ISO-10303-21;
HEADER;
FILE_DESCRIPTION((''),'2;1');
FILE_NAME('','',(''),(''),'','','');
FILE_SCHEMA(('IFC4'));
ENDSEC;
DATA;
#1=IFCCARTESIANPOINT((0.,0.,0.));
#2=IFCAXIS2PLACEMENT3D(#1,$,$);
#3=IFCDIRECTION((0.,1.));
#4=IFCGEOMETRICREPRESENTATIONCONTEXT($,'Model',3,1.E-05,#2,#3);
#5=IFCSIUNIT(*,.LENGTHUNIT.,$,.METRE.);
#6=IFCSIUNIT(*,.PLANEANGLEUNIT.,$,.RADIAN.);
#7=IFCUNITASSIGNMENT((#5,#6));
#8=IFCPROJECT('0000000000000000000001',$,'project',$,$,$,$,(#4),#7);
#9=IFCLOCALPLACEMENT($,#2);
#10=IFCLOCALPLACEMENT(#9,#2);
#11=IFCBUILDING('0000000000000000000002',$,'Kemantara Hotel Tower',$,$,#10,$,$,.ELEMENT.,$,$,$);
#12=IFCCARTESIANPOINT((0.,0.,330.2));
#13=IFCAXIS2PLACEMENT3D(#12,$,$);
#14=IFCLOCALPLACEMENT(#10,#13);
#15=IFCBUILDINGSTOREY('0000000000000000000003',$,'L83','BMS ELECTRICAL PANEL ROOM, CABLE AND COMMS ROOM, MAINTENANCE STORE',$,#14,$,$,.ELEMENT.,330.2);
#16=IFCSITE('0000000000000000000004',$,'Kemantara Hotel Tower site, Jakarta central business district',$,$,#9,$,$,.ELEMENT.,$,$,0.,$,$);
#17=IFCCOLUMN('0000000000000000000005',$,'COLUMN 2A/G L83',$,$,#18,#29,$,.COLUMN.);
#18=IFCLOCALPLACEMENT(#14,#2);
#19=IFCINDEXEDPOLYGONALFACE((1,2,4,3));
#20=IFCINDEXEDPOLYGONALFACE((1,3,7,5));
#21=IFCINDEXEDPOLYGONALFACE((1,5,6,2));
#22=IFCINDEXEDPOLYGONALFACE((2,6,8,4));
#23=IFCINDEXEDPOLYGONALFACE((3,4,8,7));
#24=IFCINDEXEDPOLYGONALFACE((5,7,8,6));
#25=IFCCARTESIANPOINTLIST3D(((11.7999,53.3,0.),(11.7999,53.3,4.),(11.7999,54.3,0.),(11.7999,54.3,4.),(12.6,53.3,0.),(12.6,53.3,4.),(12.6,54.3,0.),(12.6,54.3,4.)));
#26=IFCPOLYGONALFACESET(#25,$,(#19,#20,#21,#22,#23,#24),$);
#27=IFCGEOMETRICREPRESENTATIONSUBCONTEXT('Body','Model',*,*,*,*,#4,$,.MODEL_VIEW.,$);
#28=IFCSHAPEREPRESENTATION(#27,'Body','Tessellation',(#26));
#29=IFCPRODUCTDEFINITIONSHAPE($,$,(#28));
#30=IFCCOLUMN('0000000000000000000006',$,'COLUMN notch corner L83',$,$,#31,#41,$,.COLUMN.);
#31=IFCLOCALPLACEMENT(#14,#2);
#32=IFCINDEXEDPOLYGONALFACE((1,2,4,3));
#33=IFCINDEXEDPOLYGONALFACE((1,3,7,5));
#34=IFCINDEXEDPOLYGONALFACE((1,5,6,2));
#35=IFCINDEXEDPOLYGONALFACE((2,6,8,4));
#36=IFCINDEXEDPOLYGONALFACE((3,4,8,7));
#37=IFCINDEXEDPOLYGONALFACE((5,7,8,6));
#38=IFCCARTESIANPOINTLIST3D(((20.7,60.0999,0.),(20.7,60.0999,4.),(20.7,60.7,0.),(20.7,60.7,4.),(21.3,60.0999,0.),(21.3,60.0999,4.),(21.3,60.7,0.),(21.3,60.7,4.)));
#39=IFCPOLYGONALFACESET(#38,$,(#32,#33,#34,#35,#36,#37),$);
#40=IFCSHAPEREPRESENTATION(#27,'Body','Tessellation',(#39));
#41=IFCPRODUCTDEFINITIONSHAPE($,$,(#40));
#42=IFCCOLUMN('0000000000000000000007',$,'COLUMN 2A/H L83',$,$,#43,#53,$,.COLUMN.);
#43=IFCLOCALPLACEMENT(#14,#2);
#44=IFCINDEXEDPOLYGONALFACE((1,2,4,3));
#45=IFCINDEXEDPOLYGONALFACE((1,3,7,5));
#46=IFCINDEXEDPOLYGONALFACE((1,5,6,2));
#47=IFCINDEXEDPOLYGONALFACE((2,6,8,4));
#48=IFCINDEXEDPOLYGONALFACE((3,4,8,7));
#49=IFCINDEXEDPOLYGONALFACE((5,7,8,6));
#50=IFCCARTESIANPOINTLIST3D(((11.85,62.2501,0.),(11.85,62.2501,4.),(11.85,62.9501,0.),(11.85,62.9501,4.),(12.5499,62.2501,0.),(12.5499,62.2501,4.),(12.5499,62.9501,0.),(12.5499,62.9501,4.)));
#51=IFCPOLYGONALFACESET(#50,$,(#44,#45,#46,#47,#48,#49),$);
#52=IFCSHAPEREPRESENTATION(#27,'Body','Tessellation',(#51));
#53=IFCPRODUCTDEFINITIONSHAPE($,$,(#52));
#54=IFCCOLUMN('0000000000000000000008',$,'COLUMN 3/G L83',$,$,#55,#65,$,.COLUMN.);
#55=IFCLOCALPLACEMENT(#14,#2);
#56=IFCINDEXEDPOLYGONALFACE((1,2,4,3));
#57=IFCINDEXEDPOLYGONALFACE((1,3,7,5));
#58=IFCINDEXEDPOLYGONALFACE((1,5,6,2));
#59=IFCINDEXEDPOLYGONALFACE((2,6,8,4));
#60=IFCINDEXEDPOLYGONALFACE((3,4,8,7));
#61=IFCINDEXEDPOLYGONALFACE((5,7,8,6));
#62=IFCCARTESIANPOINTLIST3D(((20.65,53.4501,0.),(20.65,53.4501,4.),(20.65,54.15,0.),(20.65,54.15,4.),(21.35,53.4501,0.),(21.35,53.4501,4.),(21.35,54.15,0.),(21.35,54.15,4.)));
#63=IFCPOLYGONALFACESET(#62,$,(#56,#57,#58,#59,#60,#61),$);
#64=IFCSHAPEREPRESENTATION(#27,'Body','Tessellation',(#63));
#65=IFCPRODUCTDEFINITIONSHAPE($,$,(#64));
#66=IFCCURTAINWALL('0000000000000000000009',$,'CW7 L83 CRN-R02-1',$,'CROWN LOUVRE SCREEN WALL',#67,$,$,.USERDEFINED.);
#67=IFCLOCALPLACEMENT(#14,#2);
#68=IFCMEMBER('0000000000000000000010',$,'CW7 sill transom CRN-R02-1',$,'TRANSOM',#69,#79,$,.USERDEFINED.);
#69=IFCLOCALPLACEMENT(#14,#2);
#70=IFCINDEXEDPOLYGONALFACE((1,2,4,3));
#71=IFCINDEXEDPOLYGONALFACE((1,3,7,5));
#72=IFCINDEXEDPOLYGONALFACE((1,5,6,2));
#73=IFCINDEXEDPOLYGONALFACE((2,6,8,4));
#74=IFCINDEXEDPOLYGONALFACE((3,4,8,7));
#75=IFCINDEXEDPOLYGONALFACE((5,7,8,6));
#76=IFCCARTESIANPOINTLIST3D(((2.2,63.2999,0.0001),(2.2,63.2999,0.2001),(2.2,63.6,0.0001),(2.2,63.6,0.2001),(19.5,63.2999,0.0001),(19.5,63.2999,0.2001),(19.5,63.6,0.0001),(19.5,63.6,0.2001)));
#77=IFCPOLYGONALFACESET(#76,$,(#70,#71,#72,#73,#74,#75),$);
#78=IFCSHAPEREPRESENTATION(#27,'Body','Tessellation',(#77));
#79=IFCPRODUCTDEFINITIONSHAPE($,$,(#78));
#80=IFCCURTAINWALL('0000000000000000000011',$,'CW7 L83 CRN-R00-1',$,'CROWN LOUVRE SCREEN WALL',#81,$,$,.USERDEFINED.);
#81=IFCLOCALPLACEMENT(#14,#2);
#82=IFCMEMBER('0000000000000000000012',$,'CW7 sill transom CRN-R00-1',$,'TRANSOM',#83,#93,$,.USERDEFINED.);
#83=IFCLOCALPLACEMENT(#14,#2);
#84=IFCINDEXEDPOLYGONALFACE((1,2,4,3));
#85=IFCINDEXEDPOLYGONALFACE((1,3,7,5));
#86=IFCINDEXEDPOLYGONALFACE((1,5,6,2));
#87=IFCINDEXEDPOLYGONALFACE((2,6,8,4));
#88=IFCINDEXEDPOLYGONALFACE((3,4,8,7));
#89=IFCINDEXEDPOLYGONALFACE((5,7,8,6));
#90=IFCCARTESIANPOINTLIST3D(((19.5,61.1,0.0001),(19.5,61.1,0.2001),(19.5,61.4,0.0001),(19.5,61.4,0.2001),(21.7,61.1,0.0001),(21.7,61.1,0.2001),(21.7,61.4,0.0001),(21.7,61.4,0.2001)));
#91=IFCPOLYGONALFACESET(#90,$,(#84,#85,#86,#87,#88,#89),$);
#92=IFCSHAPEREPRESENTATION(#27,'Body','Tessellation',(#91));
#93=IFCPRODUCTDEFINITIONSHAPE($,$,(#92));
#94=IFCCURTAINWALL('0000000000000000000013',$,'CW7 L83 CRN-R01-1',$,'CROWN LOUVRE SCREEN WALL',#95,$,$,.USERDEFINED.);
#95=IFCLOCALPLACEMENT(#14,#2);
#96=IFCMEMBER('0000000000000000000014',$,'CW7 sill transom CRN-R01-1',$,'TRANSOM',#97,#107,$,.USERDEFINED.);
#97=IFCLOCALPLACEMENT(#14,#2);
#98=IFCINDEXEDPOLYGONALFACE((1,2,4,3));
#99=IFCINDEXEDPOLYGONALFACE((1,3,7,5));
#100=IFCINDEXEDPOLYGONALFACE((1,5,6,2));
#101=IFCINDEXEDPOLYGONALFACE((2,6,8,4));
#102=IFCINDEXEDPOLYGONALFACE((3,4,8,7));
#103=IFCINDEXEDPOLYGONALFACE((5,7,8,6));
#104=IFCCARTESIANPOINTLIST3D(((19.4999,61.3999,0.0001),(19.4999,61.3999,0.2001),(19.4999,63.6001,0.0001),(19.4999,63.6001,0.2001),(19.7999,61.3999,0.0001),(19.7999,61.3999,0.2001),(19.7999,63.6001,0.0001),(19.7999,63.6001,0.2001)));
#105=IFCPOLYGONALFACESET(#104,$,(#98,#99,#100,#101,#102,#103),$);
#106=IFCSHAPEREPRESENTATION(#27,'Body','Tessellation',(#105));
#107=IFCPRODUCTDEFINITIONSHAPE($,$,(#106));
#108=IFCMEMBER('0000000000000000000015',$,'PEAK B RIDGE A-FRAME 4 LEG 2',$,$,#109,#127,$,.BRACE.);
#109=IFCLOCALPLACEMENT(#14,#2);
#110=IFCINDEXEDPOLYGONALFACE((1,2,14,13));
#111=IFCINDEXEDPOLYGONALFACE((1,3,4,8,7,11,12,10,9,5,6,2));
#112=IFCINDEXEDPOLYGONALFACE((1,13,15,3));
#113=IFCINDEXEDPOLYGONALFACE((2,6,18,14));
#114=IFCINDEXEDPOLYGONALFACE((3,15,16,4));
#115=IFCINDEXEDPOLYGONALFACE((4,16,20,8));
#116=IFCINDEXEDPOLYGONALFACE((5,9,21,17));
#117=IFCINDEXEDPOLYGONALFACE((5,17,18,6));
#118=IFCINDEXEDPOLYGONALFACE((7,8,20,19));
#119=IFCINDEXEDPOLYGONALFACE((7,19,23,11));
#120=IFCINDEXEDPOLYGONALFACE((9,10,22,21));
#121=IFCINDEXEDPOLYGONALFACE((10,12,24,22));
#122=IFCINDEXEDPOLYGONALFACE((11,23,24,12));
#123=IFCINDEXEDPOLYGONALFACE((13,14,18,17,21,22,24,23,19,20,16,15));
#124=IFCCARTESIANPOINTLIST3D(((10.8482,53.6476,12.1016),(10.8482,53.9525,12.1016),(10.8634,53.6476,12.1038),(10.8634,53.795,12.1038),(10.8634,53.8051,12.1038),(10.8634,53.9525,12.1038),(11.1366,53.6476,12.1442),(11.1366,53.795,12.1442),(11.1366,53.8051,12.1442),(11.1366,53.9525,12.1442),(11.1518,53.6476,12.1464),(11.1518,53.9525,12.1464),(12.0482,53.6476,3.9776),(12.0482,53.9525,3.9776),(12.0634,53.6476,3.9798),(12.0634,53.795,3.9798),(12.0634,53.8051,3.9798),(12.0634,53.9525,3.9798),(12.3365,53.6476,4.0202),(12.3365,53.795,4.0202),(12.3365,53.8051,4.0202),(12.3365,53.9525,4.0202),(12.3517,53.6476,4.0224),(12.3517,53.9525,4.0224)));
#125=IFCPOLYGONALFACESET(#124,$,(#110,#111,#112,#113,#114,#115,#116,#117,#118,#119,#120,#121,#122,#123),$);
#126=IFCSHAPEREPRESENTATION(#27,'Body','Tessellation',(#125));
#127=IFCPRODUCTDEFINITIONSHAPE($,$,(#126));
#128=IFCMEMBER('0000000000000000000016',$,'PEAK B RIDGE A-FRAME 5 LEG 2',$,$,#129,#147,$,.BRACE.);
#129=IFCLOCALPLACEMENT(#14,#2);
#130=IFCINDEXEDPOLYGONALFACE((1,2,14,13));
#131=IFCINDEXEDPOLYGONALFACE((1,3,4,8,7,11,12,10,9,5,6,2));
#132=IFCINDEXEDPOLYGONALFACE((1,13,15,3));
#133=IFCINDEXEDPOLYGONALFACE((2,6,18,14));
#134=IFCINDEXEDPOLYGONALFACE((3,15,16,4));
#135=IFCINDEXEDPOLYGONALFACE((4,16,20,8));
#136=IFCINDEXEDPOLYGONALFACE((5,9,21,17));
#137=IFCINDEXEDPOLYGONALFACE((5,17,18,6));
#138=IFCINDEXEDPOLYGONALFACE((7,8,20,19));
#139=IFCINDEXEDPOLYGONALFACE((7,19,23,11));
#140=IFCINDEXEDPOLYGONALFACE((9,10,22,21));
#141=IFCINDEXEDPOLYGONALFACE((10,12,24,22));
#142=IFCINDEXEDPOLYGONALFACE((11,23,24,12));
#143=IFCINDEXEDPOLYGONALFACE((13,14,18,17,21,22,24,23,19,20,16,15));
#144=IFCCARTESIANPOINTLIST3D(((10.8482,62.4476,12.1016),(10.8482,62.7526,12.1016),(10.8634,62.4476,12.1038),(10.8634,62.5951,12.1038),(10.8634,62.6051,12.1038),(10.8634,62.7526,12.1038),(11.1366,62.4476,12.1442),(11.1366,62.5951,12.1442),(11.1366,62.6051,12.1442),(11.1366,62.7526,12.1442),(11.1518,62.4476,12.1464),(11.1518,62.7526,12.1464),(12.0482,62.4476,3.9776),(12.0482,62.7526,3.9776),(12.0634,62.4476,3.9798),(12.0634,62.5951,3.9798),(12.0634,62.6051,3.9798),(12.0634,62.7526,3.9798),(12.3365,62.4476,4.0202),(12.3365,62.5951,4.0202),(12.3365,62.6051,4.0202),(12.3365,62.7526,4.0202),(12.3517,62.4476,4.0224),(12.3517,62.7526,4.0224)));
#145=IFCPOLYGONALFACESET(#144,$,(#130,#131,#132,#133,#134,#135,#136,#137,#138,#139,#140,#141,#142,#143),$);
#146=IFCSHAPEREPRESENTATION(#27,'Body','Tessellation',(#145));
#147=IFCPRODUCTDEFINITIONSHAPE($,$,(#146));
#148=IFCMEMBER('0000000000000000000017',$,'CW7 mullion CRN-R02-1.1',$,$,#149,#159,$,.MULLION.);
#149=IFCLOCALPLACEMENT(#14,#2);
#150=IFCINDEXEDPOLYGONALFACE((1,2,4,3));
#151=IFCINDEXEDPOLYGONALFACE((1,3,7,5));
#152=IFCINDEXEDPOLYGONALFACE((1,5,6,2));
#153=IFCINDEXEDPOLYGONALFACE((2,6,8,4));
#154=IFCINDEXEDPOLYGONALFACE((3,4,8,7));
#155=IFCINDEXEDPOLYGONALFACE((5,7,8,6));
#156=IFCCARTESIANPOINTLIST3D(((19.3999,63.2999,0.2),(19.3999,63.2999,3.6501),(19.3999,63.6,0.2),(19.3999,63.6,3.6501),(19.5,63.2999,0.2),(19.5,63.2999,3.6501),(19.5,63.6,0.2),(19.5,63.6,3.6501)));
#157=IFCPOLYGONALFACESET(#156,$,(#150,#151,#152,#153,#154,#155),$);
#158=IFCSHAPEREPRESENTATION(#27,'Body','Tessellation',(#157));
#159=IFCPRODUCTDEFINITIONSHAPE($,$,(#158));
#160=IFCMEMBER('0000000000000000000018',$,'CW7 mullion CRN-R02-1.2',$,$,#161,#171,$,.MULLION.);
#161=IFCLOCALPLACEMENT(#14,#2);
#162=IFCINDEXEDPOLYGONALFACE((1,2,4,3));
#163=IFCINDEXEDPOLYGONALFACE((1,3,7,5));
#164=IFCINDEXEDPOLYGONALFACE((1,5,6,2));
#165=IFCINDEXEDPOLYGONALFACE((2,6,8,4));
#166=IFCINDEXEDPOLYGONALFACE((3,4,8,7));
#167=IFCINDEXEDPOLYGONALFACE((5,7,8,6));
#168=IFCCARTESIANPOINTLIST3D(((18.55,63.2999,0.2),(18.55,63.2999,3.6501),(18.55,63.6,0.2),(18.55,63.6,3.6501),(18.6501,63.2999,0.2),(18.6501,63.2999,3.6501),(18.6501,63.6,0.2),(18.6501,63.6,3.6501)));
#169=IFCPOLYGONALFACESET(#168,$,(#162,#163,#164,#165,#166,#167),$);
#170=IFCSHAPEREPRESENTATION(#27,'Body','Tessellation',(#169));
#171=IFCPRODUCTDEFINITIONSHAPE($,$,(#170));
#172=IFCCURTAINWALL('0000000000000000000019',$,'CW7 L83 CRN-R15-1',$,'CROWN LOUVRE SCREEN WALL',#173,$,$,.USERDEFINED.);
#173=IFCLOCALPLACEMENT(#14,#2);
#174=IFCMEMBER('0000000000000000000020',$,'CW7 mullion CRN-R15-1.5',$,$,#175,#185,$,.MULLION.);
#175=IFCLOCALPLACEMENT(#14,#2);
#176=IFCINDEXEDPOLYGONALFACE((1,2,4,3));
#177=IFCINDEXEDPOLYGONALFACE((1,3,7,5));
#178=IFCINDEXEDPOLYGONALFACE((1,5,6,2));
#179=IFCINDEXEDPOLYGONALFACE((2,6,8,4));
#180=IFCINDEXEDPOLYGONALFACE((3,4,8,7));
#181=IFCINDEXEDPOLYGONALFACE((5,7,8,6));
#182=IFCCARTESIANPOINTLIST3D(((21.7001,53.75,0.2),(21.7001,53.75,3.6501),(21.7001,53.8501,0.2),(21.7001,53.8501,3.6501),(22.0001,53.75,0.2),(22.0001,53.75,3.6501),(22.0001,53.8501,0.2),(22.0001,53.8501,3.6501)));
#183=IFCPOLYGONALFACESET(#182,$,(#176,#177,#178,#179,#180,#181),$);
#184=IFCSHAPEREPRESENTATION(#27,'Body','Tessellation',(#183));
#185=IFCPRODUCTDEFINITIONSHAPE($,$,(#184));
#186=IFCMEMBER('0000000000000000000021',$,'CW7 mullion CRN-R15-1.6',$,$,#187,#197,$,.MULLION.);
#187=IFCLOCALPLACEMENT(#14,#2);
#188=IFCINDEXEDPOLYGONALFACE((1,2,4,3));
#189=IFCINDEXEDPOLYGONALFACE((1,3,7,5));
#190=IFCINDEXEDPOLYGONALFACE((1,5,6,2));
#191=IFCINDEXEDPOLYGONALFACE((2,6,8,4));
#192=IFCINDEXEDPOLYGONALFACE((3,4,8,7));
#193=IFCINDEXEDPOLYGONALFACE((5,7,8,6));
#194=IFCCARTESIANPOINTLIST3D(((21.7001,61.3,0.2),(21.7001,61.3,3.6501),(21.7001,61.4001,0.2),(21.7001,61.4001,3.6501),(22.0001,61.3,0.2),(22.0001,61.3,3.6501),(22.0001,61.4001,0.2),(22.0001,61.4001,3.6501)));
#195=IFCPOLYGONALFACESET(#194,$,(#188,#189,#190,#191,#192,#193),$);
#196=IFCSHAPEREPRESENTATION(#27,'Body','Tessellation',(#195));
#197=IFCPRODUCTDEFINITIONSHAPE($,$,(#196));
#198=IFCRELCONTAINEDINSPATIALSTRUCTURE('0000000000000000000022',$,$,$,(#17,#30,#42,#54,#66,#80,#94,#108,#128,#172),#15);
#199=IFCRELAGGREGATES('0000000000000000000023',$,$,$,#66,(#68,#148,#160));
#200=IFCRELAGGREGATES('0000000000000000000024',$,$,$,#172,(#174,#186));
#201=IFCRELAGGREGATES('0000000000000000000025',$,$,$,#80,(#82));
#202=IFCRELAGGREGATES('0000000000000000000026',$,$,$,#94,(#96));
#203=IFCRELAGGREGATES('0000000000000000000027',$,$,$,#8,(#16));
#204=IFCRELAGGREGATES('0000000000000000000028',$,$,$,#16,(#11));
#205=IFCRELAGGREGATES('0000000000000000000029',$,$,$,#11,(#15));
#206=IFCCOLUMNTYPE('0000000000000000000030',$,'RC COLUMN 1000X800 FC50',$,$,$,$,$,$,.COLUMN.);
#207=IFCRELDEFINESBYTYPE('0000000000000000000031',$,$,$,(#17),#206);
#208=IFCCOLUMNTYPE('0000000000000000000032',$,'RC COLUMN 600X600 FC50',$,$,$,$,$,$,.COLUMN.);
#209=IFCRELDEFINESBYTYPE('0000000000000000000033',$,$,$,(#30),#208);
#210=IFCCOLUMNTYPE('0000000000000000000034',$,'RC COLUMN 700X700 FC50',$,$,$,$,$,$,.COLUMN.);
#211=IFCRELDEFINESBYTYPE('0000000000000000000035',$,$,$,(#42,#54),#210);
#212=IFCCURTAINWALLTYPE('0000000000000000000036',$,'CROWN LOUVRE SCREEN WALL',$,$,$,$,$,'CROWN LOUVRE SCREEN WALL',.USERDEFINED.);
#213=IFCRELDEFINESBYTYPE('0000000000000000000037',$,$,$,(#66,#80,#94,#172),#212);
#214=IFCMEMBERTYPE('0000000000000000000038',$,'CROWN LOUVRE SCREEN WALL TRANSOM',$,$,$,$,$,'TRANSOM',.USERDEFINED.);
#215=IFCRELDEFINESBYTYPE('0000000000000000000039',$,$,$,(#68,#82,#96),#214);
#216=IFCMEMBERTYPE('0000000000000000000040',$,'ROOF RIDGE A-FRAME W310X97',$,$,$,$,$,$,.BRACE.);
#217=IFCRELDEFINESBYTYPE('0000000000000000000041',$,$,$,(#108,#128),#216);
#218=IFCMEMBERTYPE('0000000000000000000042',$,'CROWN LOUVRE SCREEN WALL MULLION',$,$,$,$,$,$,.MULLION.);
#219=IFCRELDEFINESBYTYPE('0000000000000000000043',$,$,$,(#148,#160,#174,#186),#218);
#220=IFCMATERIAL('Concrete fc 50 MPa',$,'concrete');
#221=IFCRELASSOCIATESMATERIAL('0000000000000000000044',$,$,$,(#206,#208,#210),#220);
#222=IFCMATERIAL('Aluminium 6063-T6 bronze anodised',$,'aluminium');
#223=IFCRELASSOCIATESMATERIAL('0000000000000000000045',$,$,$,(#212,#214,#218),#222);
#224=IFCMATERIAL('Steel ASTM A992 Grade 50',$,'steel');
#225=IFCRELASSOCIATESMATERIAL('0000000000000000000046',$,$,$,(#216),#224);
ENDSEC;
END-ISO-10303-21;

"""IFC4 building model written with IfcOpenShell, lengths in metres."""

from ifc_helpers import new_model, si_unit, direction, frame, origin, origin_2d, place, context, subcontext, project, spatial, rectangle, i_section, extrude, source, transform, mapped, material, material_profile, profile_set, type_object, element, aggregate, save


model = new_model("IFC4")

# Units and contexts
model_context = context("Model", 3, precision=1e-05, world=origin(), true_north=direction((0.0, 1.0)))
body_context = subcontext(model_context, "Body", "Model", "MODEL_VIEW")
ifc_project = project(units=[si_unit("LENGTHUNIT", "METRE"), si_unit("PLANEANGLEUNIT", "RADIAN")], contexts=[model_context])

# Site, building, storey
site_placement = place(None, origin())
site = spatial("IfcSite", under=ifc_project, at=site_placement, Name="Kemantara Hotel Tower site, Jakarta central business district", CompositionType="ELEMENT", RefElevation=0.0)
building_placement = place(site_placement, origin())
building = spatial("IfcBuilding", under=site, at=building_placement, Name="Kemantara Hotel Tower", CompositionType="ELEMENT")
storey_placement = place(building_placement, frame((0.0, 0.0, 330.2)))
storey = spatial("IfcBuildingStorey", under=building, at=storey_placement, Name="L83", Description="BMS ELECTRICAL PANEL ROOM, CABLE AND COMMS ROOM, MAINTENANCE STORE", CompositionType="ELEMENT", Elevation=330.2)

# Columns
ifc_material_1 = material(Name="Concrete fc 50 MPa", Category="concrete")
ifc_material_profile_1 = material_profile(ifc_material_1, rectangle(XDim=1.0, YDim=0.8, at=origin_2d()), Name="RC 1000X800")
ifc_profile_set_1 = profile_set([ifc_material_profile_1], Name="Concrete fc 50 MPa")
column_type_1 = type_object("IfcColumnType", Name="RC COLUMN 1000X800 FC50", PredefinedType="COLUMN", material=ifc_profile_set_1)
column_1_placement = place(storey_placement, frame((12.2, 53.8, 0.0), z_axis=(0.0, 0.0, 1.0), x_axis=(0.0, 1.0, 0.0)))
element("IfcColumn", 1, at=column_1_placement, inside=storey, type_object=column_type_1, Name="COLUMN 2A/G L83", PredefinedType="COLUMN", context=body_context, shape_type="SweptSolid", body=[
    extrude(rectangle(XDim=1.0, YDim=0.8, at=origin_2d()), origin(), (0.0, 0.0, 1.0), 4.0),
])
ifc_material_profile_2 = material_profile(ifc_material_1, rectangle(XDim=0.6001, YDim=0.6001, at=origin_2d()), Name="RC 600X600")
ifc_profile_set_2 = profile_set([ifc_material_profile_2], Name="Concrete fc 50 MPa")
column_type_2 = type_object("IfcColumnType", Name="RC COLUMN 600X600 FC50", PredefinedType="COLUMN", material=ifc_profile_set_2)
column_2_placement = place(storey_placement, frame((21.0, 60.3999, 0.0), z_axis=(0.0, 0.0, 1.0), x_axis=(1.0, 0.0, 0.0)))
element("IfcColumn", 2, at=column_2_placement, inside=storey, type_object=column_type_2, Name="COLUMN notch corner L83", PredefinedType="COLUMN", context=body_context, shape_type="SweptSolid", body=[
    extrude(rectangle(XDim=0.6001, YDim=0.6001, at=origin_2d()), origin(), (0.0, 0.0, 1.0), 4.0),
])
ifc_material_profile_3 = material_profile(ifc_material_1, rectangle(XDim=0.7, YDim=0.7, at=origin_2d()), Name="RC 700X700")
ifc_profile_set_3 = profile_set([ifc_material_profile_3], Name="Concrete fc 50 MPa")
column_type_3 = type_object("IfcColumnType", Name="RC COLUMN 700X700 FC50", PredefinedType="COLUMN", material=ifc_profile_set_3)
for number, where, z_axis, x_axis, name in (
    (3, (12.2, 62.6001, 0.0), (0.0, 0.0, 1.0), (1.0, 0.0, 0.0), "COLUMN 2A/H L83"),
    (4, (21.0, 53.8, 0.0), (0.0, 0.0, 1.0), (1.0, 0.0, 0.0), "COLUMN 3/G L83"),
):
    element("IfcColumn", number, at=place(storey_placement, frame(where, z_axis=z_axis, x_axis=x_axis)), inside=storey, type_object=column_type_3, Name=name, PredefinedType="COLUMN", context=body_context, shape_type="SweptSolid", body=[
        extrude(rectangle(XDim=0.7, YDim=0.7, at=origin_2d()), origin(), (0.0, 0.0, 1.0), 4.0),
    ])

# Curtain walls, members
ifc_material_2 = material(Name="Aluminium 6063-T6 bronze anodised", Category="aluminium")
curtain_wall_type = type_object("IfcCurtainWallType", Name="CROWN LOUVRE SCREEN WALL", ElementType="CROWN LOUVRE SCREEN WALL", PredefinedType="USERDEFINED", material=ifc_material_2)
curtain_wall_1_placement = place(storey_placement, origin())
curtain_wall_1 = element("IfcCurtainWall", 5, at=curtain_wall_1_placement, inside=storey, type_object=curtain_wall_type, Name="CW7 L83 CRN-R02-1", ObjectType="CROWN LOUVRE SCREEN WALL", PredefinedType="USERDEFINED")
ifc_material_profile_4 = material_profile(ifc_material_2, rectangle(XDim=0.3, YDim=0.2, at=origin_2d()), Name="CROWN LOUVRE SCREEN WALL TRANSOM")
ifc_profile_set_4 = profile_set([ifc_material_profile_4], Name="Aluminium 6063-T6 bronze anodised")
member_type_1 = type_object("IfcMemberType", Name="CROWN LOUVRE SCREEN WALL TRANSOM", ElementType="TRANSOM", PredefinedType="USERDEFINED", material=ifc_profile_set_4)
member_1_placement = place(storey_placement, frame((19.5, 63.45, 0.1001), z_axis=(-1.0, 0.0, 0.0), x_axis=(0.0, -1.0, 0.0)))
member_1 = element("IfcMember", 6, at=member_1_placement, type_object=member_type_1, Name="CW7 sill transom CRN-R02-1", ObjectType="TRANSOM", PredefinedType="USERDEFINED", context=body_context, shape_type="SweptSolid", body=[
    extrude(rectangle(XDim=0.3, YDim=0.2, at=origin_2d()), origin(), (0.0, 0.0, 1.0), 17.3),
])
curtain_wall_2_placement = place(storey_placement, origin())
curtain_wall_2 = element("IfcCurtainWall", 7, at=curtain_wall_2_placement, inside=storey, type_object=curtain_wall_type, Name="CW7 L83 CRN-R00-1", ObjectType="CROWN LOUVRE SCREEN WALL", PredefinedType="USERDEFINED")
member_2_placement = place(storey_placement, frame((21.7, 61.25, 0.1001), z_axis=(-1.0, 0.0, 0.0), x_axis=(0.0, -1.0, 0.0)))
member_2 = element("IfcMember", 8, at=member_2_placement, type_object=member_type_1, Name="CW7 sill transom CRN-R00-1", ObjectType="TRANSOM", PredefinedType="USERDEFINED", context=body_context, shape_type="SweptSolid", body=[
    extrude(rectangle(XDim=0.3, YDim=0.2, at=origin_2d()), origin(), (0.0, 0.0, 1.0), 2.2),
])
curtain_wall_3_placement = place(storey_placement, origin())
curtain_wall_3 = element("IfcCurtainWall", 9, at=curtain_wall_3_placement, inside=storey, type_object=curtain_wall_type, Name="CW7 L83 CRN-R01-1", ObjectType="CROWN LOUVRE SCREEN WALL", PredefinedType="USERDEFINED")
member_3_placement = place(storey_placement, frame((19.6499, 61.3999, 0.1001), z_axis=(0.0, 1.0, 0.0), x_axis=(-1.0, 0.0, 0.0)))
member_3 = element("IfcMember", 10, at=member_3_placement, type_object=member_type_1, Name="CW7 sill transom CRN-R01-1", ObjectType="TRANSOM", PredefinedType="USERDEFINED", context=body_context, shape_type="SweptSolid", body=[
    extrude(rectangle(XDim=0.3, YDim=0.2, at=origin_2d()), origin(), (0.0, 0.0, 1.0), 2.2002),
])

# Members
ifc_material_3 = material(Name="Steel ASTM A992 Grade 50", Category="steel")
ifc_material_profile_5 = material_profile(ifc_material_3, i_section(OverallWidth=0.3049, OverallDepth=0.3069, WebThickness=0.01, FlangeThickness=0.0154, at=origin_2d()), Name="W310X97")
ifc_profile_set_5 = profile_set([ifc_material_profile_5], Name="Steel ASTM A992 Grade 50")
member_type_2 = type_object("IfcMemberType", Name="ROOF RIDGE A-FRAME W310X97", PredefinedType="BRACE", material=ifc_profile_set_5)
for number, where, z_axis, x_axis, name in (
    (11, (12.2, 53.8, 4.0), (-0.146119, 0.0, 0.989267), (0.0, -1.0, 0.0), "PEAK B RIDGE A-FRAME 4 LEG 2"),
    (12, (12.2, 62.6001, 4.0), (-0.146119, 0.0, 0.989267), (0.0, -1.0, 0.0), "PEAK B RIDGE A-FRAME 5 LEG 2"),
):
    element("IfcMember", number, at=place(storey_placement, frame(where, z_axis=z_axis, x_axis=x_axis)), inside=storey, type_object=member_type_2, Name=name, PredefinedType="BRACE", context=body_context, shape_type="SweptSolid", body=[
        extrude(i_section(OverallWidth=0.3049, OverallDepth=0.3069, WebThickness=0.01, FlangeThickness=0.0154, at=origin_2d()), origin(), (0.0, 0.0, 1.0), 8.2122),
    ])

# Members
ifc_material_profile_6 = material_profile(ifc_material_2, rectangle(XDim=0.3, YDim=0.1001, at=origin_2d()), Name="CROWN LOUVRE SCREEN WALL MULLION")
ifc_profile_set_6 = profile_set([ifc_material_profile_6], Name="Aluminium 6063-T6 bronze anodised")
member_type_3 = type_object("IfcMemberType", Name="CROWN LOUVRE SCREEN WALL MULLION", PredefinedType="MULLION", material=ifc_profile_set_6)
shared_shape_1 = source(origin(), body_context, "Body", "SweptSolid", [
    extrude(rectangle(XDim=0.3, YDim=0.1001, at=origin_2d()), origin(), (0.0, 0.0, 1.0), 3.4502),
])
member_4_placement = place(storey_placement, frame((19.45, 63.45, 0.2), z_axis=(0.0, 0.0, 1.0), x_axis=(0.0, -1.0, 0.0)))
member_4 = element("IfcMember", 13, at=member_4_placement, type_object=member_type_3, Name="CW7 mullion CRN-R02-1.1", PredefinedType="MULLION", context=body_context, shape_type="MappedRepresentation", body=[
    mapped(shared_shape_1, transform((0.0, 0.0, 0.0))),
])
member_5_placement = place(storey_placement, frame((18.6001, 63.45, 0.2), z_axis=(0.0, 0.0, 1.0), x_axis=(0.0, -1.0, 0.0)))
member_5 = element("IfcMember", 14, at=member_5_placement, type_object=member_type_3, Name="CW7 mullion CRN-R02-1.2", PredefinedType="MULLION", context=body_context, shape_type="MappedRepresentation", body=[
    mapped(shared_shape_1, transform((0.0, 0.0, 0.0))),
])

# Curtain wall, members
curtain_wall_4_placement = place(storey_placement, origin())
curtain_wall_4 = element("IfcCurtainWall", 15, at=curtain_wall_4_placement, inside=storey, type_object=curtain_wall_type, Name="CW7 L83 CRN-R15-1", ObjectType="CROWN LOUVRE SCREEN WALL", PredefinedType="USERDEFINED")
member_6_placement = place(storey_placement, frame((21.8501, 53.8, 0.2), z_axis=(0.0, 0.0, 1.0), x_axis=(-1.0, 0.0, 0.0)))
member_6 = element("IfcMember", 16, at=member_6_placement, type_object=member_type_3, Name="CW7 mullion CRN-R15-1.5", PredefinedType="MULLION", context=body_context, shape_type="MappedRepresentation", body=[
    mapped(shared_shape_1, transform((0.0, 0.0, 0.0))),
])
member_7_placement = place(storey_placement, frame((21.8501, 61.3501, 0.2), z_axis=(0.0, 0.0, 1.0), x_axis=(-1.0, 0.0, 0.0)))
member_7 = element("IfcMember", 17, at=member_7_placement, type_object=member_type_3, Name="CW7 mullion CRN-R15-1.6", PredefinedType="MULLION", context=body_context, shape_type="MappedRepresentation", body=[
    mapped(shared_shape_1, transform((0.0, 0.0, 0.0))),
])

aggregate(curtain_wall_1, [member_1, member_4, member_5])
aggregate(curtain_wall_4, [member_6, member_7])
aggregate(curtain_wall_2, [member_2])
aggregate(curtain_wall_3, [member_3])

save(model, "model.ifc")
